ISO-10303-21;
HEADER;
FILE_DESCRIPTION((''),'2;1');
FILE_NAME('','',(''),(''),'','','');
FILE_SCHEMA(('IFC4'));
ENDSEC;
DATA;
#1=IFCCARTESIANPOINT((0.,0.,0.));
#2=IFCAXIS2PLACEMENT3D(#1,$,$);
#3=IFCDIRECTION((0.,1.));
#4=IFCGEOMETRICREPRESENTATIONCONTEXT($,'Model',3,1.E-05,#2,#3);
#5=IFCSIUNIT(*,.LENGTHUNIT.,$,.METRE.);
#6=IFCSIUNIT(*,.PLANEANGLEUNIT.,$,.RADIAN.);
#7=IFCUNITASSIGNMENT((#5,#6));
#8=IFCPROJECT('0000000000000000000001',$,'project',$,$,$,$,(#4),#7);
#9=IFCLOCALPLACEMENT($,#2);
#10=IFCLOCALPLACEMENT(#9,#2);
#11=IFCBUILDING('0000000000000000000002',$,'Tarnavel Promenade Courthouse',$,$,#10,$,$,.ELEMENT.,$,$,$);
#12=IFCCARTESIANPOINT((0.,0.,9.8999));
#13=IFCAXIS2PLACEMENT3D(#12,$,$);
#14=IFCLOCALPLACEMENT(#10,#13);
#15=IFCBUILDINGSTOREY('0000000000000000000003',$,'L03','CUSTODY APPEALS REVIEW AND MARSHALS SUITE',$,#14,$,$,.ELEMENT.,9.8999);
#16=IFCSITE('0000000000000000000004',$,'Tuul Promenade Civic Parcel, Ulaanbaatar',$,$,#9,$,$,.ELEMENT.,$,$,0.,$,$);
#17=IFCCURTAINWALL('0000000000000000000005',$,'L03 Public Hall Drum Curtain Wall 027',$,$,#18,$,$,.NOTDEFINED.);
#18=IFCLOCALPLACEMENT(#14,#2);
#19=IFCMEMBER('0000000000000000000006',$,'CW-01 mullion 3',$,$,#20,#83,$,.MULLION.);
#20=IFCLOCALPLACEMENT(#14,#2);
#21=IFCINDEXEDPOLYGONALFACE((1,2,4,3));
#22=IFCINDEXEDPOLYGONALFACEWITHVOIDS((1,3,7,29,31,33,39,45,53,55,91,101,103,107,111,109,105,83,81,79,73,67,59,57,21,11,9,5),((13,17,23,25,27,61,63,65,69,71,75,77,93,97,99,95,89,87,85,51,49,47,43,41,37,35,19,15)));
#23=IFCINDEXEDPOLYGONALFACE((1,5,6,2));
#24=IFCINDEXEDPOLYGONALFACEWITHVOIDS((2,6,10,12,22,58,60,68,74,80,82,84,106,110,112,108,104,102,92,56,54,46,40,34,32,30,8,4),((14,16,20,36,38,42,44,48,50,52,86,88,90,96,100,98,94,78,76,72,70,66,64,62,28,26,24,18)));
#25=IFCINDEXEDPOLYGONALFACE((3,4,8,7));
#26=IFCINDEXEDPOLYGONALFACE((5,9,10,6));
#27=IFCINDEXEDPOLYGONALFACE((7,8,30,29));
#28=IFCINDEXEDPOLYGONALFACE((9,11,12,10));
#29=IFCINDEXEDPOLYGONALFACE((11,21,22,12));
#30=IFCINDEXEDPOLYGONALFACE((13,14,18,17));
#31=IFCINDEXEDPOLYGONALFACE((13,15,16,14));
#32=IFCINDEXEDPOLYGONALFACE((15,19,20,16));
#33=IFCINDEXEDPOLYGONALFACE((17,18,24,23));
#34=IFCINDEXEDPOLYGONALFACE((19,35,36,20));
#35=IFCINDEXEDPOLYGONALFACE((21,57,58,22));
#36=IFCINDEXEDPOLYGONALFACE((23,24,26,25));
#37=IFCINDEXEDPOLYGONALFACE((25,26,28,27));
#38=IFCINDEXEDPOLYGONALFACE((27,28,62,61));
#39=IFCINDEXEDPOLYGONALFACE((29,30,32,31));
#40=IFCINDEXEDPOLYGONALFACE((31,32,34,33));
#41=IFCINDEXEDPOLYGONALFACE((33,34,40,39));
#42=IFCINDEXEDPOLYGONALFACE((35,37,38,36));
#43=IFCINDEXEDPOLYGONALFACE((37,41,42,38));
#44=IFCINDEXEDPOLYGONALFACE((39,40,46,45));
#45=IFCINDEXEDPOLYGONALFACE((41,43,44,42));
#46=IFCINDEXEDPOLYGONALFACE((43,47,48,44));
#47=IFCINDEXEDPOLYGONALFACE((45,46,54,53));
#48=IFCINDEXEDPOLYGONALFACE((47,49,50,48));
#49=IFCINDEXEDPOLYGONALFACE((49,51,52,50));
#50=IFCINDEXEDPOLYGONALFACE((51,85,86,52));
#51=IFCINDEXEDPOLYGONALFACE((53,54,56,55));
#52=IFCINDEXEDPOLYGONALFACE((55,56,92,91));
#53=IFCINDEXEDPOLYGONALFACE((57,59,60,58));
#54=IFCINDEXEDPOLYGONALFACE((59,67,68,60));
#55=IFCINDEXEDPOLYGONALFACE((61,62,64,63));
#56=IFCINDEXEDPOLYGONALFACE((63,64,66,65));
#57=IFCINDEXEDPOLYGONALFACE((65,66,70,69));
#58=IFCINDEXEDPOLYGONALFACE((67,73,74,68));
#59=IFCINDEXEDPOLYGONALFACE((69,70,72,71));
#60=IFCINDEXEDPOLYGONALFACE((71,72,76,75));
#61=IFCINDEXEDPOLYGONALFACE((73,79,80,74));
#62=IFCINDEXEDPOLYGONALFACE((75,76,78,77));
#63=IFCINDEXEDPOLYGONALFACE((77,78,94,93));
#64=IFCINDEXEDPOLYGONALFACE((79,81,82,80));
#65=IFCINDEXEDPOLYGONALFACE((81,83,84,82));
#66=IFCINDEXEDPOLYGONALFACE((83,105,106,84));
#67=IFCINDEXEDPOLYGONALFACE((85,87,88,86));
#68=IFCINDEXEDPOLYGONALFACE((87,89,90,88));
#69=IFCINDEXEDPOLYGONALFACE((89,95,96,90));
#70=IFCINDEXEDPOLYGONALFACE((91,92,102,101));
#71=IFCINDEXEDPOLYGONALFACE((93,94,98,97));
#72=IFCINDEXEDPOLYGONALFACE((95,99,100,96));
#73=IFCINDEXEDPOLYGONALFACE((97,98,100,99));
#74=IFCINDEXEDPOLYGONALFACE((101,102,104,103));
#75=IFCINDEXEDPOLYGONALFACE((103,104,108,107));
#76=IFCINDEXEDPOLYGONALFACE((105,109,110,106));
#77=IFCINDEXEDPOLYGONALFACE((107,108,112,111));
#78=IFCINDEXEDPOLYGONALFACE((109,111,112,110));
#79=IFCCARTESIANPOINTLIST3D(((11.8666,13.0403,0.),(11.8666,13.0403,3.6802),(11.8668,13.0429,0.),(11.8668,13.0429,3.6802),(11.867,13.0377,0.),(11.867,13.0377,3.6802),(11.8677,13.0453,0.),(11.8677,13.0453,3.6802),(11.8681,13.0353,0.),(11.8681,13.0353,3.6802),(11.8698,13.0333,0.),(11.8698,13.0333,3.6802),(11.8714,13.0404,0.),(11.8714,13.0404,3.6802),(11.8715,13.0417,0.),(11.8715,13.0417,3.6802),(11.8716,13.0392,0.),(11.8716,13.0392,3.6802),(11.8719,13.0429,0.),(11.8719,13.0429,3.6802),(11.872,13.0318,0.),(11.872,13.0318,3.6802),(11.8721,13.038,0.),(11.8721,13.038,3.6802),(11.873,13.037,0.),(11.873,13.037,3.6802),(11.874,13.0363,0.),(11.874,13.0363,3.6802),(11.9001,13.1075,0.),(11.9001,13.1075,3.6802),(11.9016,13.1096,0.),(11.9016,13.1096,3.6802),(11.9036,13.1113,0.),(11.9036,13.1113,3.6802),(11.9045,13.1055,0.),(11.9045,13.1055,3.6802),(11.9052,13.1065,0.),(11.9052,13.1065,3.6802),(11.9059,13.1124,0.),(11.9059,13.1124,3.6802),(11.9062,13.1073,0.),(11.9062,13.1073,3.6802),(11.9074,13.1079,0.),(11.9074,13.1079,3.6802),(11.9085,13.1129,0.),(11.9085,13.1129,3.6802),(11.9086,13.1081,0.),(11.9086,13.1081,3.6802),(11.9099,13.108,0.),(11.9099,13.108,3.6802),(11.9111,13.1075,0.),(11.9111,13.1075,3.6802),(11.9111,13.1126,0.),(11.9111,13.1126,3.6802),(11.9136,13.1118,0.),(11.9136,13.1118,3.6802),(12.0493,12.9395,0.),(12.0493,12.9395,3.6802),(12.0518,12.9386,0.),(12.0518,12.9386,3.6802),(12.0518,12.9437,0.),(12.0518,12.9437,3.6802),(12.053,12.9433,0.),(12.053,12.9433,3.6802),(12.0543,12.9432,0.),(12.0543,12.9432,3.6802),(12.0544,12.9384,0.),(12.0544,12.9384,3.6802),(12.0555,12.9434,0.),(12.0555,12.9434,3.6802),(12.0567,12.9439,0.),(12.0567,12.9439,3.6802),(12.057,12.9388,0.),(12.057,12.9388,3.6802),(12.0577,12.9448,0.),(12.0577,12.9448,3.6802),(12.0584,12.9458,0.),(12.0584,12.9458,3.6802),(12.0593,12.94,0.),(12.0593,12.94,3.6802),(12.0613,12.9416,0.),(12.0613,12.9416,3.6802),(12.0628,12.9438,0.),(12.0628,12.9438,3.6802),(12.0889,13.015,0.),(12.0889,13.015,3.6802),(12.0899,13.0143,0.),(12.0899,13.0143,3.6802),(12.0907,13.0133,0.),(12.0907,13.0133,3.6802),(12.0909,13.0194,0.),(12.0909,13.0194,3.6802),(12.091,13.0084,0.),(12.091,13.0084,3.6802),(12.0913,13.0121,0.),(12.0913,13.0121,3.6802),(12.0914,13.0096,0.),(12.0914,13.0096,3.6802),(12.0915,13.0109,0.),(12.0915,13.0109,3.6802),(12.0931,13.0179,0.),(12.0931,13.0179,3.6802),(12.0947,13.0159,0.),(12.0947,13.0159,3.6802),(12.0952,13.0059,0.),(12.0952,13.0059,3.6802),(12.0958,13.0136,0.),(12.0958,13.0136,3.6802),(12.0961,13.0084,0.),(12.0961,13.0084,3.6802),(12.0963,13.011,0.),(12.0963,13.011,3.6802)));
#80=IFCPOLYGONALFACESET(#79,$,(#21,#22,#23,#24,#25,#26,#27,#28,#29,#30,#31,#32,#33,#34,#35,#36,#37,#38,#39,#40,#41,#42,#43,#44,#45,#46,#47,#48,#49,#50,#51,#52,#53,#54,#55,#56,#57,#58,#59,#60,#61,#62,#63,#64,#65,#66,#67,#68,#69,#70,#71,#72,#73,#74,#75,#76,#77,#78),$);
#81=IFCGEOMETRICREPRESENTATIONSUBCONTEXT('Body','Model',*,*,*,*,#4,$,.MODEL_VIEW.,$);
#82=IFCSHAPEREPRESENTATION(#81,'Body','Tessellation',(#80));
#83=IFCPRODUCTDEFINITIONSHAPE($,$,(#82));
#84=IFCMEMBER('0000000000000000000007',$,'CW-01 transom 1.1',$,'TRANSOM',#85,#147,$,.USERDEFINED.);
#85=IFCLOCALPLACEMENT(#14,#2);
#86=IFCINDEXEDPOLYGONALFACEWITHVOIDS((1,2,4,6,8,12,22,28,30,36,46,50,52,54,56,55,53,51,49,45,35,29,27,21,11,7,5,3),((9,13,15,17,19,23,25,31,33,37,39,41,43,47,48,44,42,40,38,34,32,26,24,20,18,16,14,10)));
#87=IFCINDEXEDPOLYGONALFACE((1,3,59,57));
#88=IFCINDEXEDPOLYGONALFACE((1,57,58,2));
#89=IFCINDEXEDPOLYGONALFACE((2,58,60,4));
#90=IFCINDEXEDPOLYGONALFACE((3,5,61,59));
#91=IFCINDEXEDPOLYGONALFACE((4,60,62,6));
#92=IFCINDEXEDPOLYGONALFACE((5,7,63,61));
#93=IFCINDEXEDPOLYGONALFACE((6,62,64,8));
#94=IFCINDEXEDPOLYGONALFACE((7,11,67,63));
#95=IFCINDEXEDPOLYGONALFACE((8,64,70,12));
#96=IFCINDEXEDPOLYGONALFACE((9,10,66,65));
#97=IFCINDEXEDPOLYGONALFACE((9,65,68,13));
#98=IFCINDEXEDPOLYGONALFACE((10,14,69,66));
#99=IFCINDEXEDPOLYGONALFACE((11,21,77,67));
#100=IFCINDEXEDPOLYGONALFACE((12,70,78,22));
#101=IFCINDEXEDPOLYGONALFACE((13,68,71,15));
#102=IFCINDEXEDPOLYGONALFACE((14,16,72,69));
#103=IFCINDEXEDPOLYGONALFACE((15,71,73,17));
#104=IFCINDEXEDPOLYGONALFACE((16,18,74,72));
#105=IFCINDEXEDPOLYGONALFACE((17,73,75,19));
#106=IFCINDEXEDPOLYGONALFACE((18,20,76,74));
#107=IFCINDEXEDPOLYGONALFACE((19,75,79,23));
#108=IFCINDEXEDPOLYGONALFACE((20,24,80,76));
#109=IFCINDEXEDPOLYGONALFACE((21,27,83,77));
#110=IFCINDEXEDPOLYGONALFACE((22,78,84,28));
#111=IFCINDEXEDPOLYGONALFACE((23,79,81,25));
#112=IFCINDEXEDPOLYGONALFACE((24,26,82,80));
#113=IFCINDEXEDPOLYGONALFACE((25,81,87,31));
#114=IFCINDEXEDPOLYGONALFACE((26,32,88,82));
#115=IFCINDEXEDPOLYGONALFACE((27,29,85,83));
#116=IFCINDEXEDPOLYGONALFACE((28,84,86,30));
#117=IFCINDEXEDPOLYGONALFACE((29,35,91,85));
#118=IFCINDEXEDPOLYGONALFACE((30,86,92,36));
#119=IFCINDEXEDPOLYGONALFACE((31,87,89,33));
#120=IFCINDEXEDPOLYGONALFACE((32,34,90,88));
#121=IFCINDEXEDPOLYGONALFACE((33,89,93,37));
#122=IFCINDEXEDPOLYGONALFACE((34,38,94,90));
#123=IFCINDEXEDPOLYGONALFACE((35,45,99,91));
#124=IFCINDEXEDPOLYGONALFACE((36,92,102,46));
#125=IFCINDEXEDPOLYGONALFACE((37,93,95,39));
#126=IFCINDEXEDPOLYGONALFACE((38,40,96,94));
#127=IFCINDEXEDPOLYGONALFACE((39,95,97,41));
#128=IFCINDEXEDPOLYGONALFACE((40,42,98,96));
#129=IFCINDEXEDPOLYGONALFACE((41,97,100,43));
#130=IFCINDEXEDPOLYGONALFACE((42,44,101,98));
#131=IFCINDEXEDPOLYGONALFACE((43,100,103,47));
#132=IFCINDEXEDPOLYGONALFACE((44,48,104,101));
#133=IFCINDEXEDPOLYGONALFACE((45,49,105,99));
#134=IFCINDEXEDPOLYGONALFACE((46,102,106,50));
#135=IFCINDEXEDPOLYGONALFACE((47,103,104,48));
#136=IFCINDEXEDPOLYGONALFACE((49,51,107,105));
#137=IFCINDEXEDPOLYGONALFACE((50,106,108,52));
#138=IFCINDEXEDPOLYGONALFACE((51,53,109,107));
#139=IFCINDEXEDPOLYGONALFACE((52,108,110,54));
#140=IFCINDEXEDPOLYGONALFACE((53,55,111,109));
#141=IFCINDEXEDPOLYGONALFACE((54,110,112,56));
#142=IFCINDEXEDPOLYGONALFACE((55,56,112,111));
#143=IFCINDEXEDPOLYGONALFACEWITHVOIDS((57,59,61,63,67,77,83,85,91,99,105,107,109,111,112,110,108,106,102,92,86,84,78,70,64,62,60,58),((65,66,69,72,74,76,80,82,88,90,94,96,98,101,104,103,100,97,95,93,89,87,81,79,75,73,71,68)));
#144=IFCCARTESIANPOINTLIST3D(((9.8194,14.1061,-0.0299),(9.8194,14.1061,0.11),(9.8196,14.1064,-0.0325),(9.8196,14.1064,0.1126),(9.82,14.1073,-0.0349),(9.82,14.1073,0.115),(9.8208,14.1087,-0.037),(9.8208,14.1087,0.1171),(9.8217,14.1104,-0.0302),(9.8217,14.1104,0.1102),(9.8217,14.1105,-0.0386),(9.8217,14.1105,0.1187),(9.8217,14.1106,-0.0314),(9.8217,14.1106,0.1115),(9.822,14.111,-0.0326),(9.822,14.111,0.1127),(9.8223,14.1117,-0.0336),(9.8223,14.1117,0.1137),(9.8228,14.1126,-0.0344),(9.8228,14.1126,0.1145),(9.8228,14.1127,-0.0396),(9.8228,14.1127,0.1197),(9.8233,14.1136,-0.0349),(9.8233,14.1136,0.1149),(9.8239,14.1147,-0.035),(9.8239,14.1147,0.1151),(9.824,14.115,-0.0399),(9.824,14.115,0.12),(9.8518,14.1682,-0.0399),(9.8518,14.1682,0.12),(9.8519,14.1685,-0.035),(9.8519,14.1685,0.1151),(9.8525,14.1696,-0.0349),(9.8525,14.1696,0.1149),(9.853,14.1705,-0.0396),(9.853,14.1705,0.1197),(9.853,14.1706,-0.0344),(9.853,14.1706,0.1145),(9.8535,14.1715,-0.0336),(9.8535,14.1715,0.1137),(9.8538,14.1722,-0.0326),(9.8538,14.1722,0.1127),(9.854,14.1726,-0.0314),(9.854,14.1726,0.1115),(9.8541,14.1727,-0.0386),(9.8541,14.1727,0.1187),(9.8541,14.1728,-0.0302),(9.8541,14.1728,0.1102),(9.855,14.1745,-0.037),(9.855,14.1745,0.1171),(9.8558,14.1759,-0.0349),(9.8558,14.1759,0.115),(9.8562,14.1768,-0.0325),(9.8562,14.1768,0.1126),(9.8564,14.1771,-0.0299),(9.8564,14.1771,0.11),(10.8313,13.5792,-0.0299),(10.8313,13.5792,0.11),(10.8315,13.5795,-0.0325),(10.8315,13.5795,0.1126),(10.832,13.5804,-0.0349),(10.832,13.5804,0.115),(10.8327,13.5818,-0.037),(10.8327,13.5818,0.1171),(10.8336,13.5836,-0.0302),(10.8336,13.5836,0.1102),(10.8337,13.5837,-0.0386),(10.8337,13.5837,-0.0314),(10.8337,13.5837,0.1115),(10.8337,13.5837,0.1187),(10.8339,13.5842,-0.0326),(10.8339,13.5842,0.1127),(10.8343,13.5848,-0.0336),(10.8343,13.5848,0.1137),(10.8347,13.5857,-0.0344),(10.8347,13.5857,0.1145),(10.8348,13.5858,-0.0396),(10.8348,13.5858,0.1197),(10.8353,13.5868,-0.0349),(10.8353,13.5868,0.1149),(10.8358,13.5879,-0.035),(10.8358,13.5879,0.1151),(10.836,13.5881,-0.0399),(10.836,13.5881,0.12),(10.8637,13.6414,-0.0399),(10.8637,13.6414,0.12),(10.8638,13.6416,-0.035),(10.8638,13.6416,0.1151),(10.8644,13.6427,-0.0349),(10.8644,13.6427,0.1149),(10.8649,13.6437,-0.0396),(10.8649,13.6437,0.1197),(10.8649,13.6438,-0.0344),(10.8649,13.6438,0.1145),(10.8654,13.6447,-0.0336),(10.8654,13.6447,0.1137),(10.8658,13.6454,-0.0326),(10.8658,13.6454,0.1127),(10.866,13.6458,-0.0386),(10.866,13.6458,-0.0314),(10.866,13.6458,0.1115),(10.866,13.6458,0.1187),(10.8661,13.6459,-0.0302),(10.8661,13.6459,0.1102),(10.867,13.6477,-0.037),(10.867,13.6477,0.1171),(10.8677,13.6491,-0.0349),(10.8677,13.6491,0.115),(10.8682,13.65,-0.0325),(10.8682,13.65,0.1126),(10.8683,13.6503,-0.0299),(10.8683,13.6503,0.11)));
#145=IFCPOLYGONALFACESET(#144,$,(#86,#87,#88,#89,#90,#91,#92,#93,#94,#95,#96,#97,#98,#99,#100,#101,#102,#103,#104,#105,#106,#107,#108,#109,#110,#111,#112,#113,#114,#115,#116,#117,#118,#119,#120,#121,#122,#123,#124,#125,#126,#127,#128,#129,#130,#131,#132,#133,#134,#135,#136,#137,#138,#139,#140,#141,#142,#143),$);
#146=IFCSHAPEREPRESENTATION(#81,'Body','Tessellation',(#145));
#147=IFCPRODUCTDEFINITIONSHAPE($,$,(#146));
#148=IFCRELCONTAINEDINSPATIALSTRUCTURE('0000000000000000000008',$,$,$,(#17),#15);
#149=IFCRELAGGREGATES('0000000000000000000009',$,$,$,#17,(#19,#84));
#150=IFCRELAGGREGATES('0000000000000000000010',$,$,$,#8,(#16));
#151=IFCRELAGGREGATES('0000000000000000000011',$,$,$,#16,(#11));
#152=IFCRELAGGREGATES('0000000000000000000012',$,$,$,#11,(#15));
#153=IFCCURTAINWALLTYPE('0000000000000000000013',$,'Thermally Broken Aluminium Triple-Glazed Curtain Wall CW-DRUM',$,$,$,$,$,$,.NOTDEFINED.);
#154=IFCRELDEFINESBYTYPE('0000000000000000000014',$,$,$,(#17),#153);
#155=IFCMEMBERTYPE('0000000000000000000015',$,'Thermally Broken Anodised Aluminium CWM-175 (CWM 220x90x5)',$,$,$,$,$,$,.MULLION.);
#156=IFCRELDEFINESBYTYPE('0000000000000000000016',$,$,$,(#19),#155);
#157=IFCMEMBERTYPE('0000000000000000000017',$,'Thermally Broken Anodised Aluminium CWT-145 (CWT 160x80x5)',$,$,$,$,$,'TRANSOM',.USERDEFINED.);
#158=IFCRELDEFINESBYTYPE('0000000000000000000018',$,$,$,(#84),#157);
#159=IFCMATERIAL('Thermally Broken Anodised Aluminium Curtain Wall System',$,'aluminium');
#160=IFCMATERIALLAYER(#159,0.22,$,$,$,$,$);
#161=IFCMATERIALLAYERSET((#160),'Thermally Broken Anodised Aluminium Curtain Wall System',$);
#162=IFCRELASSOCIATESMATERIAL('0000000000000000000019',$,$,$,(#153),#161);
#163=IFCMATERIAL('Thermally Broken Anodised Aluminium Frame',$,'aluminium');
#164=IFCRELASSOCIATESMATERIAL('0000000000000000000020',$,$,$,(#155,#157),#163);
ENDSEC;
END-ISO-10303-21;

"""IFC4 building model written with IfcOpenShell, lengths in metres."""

from ifc_helpers import new_model, si_unit, direction, frame, origin, origin_2d, place, context, subcontext, project, spatial, hollow_rectangle, extrude, material, layer, layer_set, material_profile, profile_set, type_object, element, aggregate, save


model = new_model("IFC4")

# Units and contexts
model_context = context("Model", 3, precision=1e-05, world=origin(), true_north=direction((0.0, 1.0)))
body_context = subcontext(model_context, "Body", "Model", "MODEL_VIEW")
ifc_project = project(units=[si_unit("LENGTHUNIT", "METRE"), si_unit("PLANEANGLEUNIT", "RADIAN")], contexts=[model_context])

# Site, building, storey
site_placement = place(None, origin())
site = spatial("IfcSite", under=ifc_project, at=site_placement, Name="Tuul Promenade Civic Parcel, Ulaanbaatar", CompositionType="ELEMENT", RefElevation=0.0)
building_placement = place(site_placement, origin())
building = spatial("IfcBuilding", under=site, at=building_placement, Name="Tarnavel Promenade Courthouse", CompositionType="ELEMENT")
storey_placement = place(building_placement, frame((0.0, 0.0, 9.8999)))
storey = spatial("IfcBuildingStorey", under=building, at=storey_placement, Name="L03", Description="CUSTODY APPEALS REVIEW AND MARSHALS SUITE", CompositionType="ELEMENT", Elevation=9.8999)

# Curtain wall, members
ifc_material_1 = material(Name="Thermally Broken Anodised Aluminium Curtain Wall System", Category="aluminium")
ifc_layer_1 = layer(ifc_material_1, 0.22)
ifc_layer_set_1 = layer_set([ifc_layer_1], Name="Thermally Broken Anodised Aluminium Curtain Wall System")
curtain_wall_type = type_object("IfcCurtainWallType", Name="Thermally Broken Aluminium Triple-Glazed Curtain Wall CW-DRUM", PredefinedType="NOTDEFINED", material=ifc_layer_set_1)
curtain_wall_placement = place(storey_placement, origin())
curtain_wall = element("IfcCurtainWall", 1, at=curtain_wall_placement, inside=storey, type_object=curtain_wall_type, Name="L03 Public Hall Drum Curtain Wall 027", PredefinedType="NOTDEFINED")
ifc_material_2 = material(Name="Thermally Broken Anodised Aluminium Frame", Category="aluminium")
ifc_material_profile_1 = material_profile(ifc_material_2, hollow_rectangle(XDim=0.0901, YDim=0.22, WallThickness=0.0049, InnerFilletRadius=0.0049, OuterFilletRadius=0.01, at=origin_2d()), Name="CWM 220x90x5")
ifc_profile_set_1 = profile_set([ifc_material_profile_1], Name="Thermally Broken Anodised Aluminium Frame")
member_type_1 = type_object("IfcMemberType", Name="Thermally Broken Anodised Aluminium CWM-175 (CWM 220x90x5)", PredefinedType="MULLION", material=ifc_profile_set_1)
member_1_placement = place(storey_placement, frame((11.9814, 13.0256, 0.0), z_axis=(0.0, 0.0, 1.0), x_axis=(0.461749, 0.88701, 0.0)))
member_1 = element("IfcMember", 2, at=member_1_placement, type_object=member_type_1, Name="CW-01 mullion 3", PredefinedType="MULLION", context=body_context, shape_type="SweptSolid", body=[
    extrude(hollow_rectangle(XDim=0.0901, YDim=0.22, WallThickness=0.0049, InnerFilletRadius=0.0049, OuterFilletRadius=0.01, at=origin_2d()), origin(), (0.0, 0.0, 1.0), 3.6802),
])
ifc_material_profile_2 = material_profile(ifc_material_2, hollow_rectangle(XDim=0.0801, YDim=0.1599, WallThickness=0.0049, InnerFilletRadius=0.0049, OuterFilletRadius=0.01, at=origin_2d()), Name="CWT 160x80x5")
ifc_profile_set_2 = profile_set([ifc_material_profile_2], Name="Thermally Broken Anodised Aluminium Frame")
member_type_2 = type_object("IfcMemberType", Name="Thermally Broken Anodised Aluminium CWT-145 (CWT 160x80x5)", ElementType="TRANSOM", PredefinedType="USERDEFINED", material=ifc_profile_set_2)
member_2_placement = place(storey_placement, frame((9.8379, 14.1416, 0.04), z_axis=(0.886989, -0.461791, 0.0), x_axis=(0.461791, 0.886989, 0.0)))
member_2 = element("IfcMember", 3, at=member_2_placement, type_object=member_type_2, Name="CW-01 transom 1.1", ObjectType="TRANSOM", PredefinedType="USERDEFINED", context=body_context, shape_type="SweptSolid", body=[
    extrude(hollow_rectangle(XDim=0.0801, YDim=0.1599, WallThickness=0.0049, InnerFilletRadius=0.0049, OuterFilletRadius=0.01, at=origin_2d()), origin(), (0.0, 0.0, 1.0), 1.1409),
])

aggregate(curtain_wall, [member_1, member_2])

save(model, "model.ifc")
